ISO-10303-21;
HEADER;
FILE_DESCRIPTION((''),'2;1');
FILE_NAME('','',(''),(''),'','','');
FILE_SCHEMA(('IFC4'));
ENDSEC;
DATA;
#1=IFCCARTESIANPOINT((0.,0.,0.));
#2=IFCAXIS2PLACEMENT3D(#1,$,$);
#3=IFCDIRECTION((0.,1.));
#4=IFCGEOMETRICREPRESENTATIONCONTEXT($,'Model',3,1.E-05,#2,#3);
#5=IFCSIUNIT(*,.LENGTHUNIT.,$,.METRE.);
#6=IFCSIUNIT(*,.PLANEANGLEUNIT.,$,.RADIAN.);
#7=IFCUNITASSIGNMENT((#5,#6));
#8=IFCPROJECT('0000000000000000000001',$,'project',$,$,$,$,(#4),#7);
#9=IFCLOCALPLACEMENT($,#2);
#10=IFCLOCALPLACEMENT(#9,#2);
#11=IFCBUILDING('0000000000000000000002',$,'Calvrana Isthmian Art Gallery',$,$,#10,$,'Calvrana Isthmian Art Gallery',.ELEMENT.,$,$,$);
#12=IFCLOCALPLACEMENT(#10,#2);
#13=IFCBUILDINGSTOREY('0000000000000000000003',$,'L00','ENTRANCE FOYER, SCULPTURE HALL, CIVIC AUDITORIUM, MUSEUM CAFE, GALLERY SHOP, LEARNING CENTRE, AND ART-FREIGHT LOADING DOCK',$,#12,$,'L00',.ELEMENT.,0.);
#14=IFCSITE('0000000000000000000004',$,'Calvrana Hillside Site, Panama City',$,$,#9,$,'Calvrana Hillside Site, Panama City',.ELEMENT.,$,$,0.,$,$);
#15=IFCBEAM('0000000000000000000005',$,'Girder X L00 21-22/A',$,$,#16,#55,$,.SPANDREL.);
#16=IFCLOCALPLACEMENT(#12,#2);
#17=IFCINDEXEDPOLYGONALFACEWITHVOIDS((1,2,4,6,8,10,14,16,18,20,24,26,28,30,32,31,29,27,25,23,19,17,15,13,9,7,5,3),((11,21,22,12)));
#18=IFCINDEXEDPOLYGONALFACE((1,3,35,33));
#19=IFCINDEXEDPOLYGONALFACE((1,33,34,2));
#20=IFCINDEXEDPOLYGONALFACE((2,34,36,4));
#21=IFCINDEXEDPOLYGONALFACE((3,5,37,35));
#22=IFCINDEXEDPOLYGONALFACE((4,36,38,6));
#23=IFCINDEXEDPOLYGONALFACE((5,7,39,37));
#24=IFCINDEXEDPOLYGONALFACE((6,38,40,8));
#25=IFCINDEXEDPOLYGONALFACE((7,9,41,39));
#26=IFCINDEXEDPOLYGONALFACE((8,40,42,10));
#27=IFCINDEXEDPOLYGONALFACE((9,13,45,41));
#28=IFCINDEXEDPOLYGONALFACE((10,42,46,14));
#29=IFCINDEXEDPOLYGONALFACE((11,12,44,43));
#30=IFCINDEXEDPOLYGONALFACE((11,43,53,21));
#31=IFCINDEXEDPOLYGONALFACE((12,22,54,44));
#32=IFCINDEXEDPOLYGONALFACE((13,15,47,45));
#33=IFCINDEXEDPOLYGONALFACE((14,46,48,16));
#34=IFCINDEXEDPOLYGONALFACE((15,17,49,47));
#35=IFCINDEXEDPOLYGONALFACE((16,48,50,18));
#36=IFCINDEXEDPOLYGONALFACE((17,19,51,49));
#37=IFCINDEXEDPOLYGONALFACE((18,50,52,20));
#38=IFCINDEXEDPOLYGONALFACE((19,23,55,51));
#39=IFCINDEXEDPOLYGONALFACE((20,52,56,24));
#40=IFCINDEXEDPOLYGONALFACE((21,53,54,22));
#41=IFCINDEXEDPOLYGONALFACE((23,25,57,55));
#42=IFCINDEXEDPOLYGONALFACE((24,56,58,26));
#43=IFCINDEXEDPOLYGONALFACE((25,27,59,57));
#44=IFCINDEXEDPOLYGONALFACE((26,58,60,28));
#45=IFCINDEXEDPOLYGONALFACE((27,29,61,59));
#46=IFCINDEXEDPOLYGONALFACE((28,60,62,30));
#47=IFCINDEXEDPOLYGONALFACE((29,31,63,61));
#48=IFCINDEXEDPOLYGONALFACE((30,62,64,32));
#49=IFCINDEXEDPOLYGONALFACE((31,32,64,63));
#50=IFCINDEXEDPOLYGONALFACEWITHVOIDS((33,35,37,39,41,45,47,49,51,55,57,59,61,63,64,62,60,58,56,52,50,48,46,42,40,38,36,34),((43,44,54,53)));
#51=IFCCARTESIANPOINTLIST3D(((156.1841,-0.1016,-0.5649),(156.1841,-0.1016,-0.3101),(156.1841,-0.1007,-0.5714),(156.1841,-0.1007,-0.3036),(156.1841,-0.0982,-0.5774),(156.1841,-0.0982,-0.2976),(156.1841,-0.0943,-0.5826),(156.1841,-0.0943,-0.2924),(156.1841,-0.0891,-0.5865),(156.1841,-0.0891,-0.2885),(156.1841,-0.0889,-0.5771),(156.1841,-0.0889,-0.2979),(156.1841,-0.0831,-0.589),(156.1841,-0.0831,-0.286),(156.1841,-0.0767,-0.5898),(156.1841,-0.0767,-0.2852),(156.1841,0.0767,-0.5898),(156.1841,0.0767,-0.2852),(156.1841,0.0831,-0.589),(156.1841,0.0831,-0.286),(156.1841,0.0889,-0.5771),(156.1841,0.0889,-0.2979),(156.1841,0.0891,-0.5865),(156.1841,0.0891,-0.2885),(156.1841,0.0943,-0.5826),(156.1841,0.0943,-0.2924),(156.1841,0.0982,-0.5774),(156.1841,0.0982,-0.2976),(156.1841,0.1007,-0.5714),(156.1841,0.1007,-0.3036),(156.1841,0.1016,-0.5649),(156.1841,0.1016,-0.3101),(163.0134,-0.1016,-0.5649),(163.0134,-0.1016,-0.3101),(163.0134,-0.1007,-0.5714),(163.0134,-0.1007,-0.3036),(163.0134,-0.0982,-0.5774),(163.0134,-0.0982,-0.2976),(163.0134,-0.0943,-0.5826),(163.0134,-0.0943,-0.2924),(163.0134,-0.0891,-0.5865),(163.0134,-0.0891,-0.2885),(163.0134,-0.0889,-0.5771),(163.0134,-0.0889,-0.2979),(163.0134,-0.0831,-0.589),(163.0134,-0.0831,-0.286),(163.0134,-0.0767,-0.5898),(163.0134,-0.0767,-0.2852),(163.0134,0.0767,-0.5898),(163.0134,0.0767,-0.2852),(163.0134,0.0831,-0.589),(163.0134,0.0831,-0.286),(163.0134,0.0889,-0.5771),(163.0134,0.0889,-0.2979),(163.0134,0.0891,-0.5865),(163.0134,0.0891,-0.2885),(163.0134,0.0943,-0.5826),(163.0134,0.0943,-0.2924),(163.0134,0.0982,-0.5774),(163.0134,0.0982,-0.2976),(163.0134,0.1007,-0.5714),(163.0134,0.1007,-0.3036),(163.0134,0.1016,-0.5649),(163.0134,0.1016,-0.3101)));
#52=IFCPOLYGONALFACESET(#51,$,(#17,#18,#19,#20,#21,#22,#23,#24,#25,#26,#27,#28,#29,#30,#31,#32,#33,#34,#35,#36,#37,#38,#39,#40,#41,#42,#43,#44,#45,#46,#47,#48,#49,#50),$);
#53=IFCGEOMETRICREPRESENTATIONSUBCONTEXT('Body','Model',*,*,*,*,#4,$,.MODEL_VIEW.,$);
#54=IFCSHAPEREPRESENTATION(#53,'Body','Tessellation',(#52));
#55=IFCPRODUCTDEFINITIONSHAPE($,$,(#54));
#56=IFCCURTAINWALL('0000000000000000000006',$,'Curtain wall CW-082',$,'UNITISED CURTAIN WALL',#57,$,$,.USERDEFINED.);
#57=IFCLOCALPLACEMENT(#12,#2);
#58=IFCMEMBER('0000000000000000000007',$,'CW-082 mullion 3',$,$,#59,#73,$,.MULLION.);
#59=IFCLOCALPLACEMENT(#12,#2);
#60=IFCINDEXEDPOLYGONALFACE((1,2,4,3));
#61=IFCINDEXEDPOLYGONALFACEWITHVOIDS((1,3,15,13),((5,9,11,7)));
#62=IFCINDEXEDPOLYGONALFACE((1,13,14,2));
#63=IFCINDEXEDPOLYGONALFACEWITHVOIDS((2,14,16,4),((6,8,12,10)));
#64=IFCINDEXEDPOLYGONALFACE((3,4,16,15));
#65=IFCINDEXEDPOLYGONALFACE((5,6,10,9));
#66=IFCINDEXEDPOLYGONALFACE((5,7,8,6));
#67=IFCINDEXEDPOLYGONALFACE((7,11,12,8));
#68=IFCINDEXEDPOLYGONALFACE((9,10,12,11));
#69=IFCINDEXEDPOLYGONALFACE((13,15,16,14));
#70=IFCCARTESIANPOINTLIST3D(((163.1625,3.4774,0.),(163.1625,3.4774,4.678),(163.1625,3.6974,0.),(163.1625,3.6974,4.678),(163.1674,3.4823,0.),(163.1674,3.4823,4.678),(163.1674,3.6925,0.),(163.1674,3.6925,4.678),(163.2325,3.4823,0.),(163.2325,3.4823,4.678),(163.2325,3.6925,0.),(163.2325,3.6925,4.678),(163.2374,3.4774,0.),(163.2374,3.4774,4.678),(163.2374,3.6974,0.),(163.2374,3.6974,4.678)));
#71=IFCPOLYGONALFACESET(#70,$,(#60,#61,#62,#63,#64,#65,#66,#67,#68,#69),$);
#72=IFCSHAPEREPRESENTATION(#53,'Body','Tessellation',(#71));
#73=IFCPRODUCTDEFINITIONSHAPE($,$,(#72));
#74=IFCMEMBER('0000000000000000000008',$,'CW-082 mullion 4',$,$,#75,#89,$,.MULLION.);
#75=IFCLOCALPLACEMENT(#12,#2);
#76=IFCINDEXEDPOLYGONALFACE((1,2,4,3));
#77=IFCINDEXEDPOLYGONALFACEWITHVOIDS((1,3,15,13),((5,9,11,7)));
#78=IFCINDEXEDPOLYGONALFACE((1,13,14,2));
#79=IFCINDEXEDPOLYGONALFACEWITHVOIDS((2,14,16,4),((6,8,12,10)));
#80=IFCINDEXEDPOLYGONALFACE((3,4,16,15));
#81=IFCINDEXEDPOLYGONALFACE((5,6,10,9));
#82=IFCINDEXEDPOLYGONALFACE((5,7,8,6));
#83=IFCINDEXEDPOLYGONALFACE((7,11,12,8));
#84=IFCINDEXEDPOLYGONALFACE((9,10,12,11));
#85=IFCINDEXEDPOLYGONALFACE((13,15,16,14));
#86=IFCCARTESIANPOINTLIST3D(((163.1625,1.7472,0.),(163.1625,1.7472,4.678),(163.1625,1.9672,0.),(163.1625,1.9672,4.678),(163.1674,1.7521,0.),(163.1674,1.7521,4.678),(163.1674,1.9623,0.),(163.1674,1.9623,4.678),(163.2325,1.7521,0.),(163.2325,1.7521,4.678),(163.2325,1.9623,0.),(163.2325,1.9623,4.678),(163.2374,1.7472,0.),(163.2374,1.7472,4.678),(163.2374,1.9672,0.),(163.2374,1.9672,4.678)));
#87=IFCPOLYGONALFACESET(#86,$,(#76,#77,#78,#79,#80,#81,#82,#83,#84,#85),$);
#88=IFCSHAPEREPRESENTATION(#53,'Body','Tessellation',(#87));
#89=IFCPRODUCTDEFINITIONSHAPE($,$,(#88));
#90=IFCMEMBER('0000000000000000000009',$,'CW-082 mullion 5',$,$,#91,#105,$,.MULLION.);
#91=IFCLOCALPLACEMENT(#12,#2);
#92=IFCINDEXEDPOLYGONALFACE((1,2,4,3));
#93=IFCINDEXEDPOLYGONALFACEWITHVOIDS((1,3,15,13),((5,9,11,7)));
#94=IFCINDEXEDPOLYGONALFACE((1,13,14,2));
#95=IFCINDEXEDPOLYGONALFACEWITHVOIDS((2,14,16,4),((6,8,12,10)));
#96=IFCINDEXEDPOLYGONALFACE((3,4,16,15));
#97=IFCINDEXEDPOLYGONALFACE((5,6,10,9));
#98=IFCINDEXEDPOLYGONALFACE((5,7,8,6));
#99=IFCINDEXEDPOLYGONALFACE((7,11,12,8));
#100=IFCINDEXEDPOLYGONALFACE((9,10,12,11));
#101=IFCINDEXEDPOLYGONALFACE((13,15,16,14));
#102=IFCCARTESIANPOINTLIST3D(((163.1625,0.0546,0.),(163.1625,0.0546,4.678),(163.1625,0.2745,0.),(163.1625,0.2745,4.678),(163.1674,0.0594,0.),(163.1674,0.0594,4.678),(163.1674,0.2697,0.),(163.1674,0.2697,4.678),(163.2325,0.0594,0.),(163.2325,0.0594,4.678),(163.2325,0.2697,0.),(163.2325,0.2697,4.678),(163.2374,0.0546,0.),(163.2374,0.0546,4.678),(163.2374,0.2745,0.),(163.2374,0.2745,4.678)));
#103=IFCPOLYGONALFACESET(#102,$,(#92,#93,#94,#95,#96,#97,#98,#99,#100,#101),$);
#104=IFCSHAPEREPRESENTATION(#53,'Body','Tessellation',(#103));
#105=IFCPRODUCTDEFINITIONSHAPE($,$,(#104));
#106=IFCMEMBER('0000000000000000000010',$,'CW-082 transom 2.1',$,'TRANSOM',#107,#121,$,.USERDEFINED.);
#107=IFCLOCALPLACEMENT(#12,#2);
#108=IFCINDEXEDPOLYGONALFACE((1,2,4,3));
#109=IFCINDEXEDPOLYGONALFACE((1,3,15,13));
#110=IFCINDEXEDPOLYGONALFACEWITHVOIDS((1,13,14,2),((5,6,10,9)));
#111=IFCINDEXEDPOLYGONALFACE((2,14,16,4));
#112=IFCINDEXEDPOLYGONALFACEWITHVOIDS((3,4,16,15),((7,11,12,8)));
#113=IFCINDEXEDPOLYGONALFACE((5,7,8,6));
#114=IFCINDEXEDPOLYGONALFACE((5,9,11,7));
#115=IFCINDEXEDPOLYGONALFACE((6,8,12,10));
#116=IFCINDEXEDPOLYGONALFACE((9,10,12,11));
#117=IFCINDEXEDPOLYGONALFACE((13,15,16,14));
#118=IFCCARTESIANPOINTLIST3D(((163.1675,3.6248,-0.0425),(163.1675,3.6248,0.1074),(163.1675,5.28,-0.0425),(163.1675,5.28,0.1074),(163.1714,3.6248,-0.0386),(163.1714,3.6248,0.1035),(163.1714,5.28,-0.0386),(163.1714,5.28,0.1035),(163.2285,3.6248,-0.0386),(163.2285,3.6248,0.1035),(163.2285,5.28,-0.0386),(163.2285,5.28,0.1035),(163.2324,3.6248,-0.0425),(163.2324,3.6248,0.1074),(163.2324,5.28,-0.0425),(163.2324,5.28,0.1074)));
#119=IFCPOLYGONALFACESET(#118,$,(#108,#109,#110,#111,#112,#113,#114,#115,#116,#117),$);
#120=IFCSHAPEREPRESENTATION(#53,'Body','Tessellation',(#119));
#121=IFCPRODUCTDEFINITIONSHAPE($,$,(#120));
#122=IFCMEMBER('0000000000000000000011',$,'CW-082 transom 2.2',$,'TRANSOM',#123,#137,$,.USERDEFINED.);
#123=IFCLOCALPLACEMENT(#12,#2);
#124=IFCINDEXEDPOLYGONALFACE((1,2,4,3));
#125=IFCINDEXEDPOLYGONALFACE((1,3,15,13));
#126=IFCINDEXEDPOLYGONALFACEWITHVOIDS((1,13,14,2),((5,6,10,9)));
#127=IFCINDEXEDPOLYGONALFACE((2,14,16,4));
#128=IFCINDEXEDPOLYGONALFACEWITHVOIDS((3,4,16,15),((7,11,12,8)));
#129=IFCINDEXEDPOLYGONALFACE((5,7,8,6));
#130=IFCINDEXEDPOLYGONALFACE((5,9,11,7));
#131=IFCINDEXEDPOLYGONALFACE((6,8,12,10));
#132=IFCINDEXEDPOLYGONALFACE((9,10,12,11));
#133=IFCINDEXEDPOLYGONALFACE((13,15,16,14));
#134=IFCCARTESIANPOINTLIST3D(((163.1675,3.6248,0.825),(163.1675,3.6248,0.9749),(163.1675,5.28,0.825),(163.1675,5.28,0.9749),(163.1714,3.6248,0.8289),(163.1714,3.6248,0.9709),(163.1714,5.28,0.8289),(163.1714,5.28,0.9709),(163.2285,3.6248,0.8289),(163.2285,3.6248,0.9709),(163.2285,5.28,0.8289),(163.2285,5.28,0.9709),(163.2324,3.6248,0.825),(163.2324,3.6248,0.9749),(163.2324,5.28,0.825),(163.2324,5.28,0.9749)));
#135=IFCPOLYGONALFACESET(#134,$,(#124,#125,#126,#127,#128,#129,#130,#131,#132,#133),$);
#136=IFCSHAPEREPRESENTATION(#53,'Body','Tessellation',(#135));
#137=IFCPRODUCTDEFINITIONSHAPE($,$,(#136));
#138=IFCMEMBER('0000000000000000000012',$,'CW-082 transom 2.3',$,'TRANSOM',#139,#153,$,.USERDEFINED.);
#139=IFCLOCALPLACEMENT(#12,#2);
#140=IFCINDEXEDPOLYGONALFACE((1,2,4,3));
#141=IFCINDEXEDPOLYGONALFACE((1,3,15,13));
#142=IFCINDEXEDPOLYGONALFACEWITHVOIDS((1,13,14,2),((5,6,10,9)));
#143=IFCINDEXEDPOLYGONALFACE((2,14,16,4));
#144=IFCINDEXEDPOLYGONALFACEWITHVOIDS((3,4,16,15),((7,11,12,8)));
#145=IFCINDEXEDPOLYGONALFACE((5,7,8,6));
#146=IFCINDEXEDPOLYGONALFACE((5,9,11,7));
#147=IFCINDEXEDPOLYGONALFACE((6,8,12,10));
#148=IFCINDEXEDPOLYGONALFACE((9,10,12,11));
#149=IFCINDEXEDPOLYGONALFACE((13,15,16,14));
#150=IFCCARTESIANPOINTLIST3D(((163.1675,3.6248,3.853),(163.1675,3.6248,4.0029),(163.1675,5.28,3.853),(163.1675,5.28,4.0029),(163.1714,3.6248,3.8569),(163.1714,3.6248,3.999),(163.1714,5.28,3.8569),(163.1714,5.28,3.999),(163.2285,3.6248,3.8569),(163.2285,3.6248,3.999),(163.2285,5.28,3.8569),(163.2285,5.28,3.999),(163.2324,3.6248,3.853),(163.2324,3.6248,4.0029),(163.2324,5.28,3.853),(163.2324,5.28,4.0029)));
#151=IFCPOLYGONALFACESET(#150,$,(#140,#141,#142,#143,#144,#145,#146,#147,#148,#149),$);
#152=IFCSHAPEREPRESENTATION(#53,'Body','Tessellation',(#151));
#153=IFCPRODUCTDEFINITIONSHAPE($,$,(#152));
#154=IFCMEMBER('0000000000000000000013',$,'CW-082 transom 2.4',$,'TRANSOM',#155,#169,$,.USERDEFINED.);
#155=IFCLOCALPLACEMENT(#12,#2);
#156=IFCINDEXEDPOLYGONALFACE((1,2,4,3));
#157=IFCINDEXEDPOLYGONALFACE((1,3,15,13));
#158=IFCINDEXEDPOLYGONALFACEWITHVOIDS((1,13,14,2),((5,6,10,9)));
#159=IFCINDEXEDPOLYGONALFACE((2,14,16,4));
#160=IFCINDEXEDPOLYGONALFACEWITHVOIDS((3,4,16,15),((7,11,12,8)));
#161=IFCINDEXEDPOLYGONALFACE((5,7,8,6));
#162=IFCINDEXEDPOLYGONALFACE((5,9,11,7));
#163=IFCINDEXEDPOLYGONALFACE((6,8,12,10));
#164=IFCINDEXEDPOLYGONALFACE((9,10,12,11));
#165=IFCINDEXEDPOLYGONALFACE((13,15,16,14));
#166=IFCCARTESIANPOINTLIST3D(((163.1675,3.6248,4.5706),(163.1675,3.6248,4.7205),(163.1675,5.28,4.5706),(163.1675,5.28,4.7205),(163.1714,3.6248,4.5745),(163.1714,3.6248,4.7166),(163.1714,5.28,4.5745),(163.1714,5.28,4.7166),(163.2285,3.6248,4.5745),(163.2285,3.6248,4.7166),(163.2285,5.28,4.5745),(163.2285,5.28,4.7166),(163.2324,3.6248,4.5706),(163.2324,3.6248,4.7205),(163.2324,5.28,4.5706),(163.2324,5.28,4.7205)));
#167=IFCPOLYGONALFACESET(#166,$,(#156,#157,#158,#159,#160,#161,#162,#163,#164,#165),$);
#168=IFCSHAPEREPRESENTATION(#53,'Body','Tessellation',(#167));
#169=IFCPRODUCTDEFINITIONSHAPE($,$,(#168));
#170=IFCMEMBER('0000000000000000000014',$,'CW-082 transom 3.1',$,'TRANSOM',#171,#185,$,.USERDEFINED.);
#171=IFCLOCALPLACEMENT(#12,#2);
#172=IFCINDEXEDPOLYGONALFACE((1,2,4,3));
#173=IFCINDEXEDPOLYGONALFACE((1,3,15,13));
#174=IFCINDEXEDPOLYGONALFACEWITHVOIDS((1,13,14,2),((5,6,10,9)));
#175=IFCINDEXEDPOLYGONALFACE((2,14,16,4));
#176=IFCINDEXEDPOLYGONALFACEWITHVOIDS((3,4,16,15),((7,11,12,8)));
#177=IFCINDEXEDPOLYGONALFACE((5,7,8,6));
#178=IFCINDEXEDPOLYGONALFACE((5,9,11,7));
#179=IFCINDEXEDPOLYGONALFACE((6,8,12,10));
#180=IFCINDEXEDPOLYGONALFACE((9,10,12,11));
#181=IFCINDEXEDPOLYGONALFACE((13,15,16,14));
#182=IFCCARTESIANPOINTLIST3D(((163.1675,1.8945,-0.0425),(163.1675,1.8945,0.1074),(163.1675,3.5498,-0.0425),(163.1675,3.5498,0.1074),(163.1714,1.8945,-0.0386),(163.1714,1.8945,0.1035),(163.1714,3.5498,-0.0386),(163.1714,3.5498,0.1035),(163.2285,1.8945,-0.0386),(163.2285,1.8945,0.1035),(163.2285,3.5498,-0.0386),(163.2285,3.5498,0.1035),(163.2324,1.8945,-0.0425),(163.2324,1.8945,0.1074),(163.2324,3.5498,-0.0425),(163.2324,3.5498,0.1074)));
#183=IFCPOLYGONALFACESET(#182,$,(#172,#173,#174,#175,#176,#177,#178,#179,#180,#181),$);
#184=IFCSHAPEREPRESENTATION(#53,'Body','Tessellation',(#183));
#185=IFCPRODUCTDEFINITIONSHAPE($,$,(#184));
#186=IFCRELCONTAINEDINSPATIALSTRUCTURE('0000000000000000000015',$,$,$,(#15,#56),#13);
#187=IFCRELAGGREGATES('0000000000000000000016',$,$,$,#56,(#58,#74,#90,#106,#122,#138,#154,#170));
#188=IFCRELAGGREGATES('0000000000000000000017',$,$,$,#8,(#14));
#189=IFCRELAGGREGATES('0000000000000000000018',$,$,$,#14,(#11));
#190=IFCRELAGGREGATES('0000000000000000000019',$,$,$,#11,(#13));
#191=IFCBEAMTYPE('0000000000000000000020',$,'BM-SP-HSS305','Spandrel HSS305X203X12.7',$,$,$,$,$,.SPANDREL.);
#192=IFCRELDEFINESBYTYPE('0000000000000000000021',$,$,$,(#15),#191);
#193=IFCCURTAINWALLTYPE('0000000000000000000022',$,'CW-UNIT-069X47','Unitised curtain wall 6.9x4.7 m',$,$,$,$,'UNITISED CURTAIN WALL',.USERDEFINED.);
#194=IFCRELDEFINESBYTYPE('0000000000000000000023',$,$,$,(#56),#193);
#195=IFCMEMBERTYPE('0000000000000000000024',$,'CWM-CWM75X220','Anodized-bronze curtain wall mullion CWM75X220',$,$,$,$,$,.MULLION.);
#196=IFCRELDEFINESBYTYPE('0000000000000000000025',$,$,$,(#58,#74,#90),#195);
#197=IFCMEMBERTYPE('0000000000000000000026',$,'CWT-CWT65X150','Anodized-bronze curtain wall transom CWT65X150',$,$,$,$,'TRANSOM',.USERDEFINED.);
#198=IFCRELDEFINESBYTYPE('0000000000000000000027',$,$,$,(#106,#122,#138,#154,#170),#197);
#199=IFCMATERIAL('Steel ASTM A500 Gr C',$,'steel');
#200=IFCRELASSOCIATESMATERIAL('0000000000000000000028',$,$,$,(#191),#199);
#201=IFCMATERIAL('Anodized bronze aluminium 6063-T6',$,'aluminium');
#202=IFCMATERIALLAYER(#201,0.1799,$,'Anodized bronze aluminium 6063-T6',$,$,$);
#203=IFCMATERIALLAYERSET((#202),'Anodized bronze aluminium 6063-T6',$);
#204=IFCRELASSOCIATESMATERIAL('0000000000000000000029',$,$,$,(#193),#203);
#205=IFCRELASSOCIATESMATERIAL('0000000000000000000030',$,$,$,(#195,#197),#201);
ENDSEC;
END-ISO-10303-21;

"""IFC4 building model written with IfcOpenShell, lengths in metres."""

from ifc_helpers import new_model, si_unit, direction, frame, origin, origin_2d, place, context, subcontext, project, spatial, hollow_rectangle, extrude, material, layer, layer_set, material_profile, profile_set, type_object, element, aggregate, save


model = new_model("IFC4")

# Units and contexts
model_context = context("Model", 3, precision=1e-05, world=origin(), true_north=direction((0.0, 1.0)))
body_context = subcontext(model_context, "Body", "Model", "MODEL_VIEW")
ifc_project = project(units=[si_unit("LENGTHUNIT", "METRE"), si_unit("PLANEANGLEUNIT", "RADIAN")], contexts=[model_context])

# Site, building, storey
site_placement = place(None, origin())
site = spatial("IfcSite", under=ifc_project, at=site_placement, Name="Calvrana Hillside Site, Panama City", LongName="Calvrana Hillside Site, Panama City", CompositionType="ELEMENT", RefElevation=0.0)
building_placement = place(site_placement, origin())
building = spatial("IfcBuilding", under=site, at=building_placement, Name="Calvrana Isthmian Art Gallery", LongName="Calvrana Isthmian Art Gallery", CompositionType="ELEMENT")
storey_placement = place(building_placement, origin())
storey = spatial("IfcBuildingStorey", under=building, at=storey_placement, Name="L00", Description="ENTRANCE FOYER, SCULPTURE HALL, CIVIC AUDITORIUM, MUSEUM CAFE, GALLERY SHOP, LEARNING CENTRE, AND ART-FREIGHT LOADING DOCK", LongName="L00", CompositionType="ELEMENT", Elevation=0.0)

# Shared definitions
ifc_material_1 = material(Name="Steel ASTM A500 Gr C", Category="steel")

# Beam
ifc_material_profile_1 = material_profile(ifc_material_1, hollow_rectangle(XDim=0.2031, YDim=0.3047, WallThickness=0.0127, OuterFilletRadius=0.0249, at=origin_2d()), Name="HSS305X203X12.7")
ifc_profile_set_1 = profile_set([ifc_material_profile_1], Name="Steel ASTM A500 Gr C")
beam_type_1 = type_object("IfcBeamType", Name="BM-SP-HSS305", Description="Spandrel HSS305X203X12.7", PredefinedType="SPANDREL", material=ifc_profile_set_1)
beam_1_placement = place(storey_placement, frame((156.1841, 0.0, -0.4375), z_axis=(1.0, 0.0, 0.0), x_axis=(0.0, 1.0, 0.0)))
element("IfcBeam", 1, at=beam_1_placement, inside=storey, type_object=beam_type_1, Name="Girder X L00 21-22/A", PredefinedType="SPANDREL", context=body_context, shape_type="SweptSolid", body=[
    extrude(hollow_rectangle(XDim=0.2031, YDim=0.3047, WallThickness=0.0127, OuterFilletRadius=0.0249, at=origin_2d()), origin(), (0.0, 0.0, 1.0), 6.8293),
])

# Curtain wall, members
ifc_material_2 = material(Name="Anodized bronze aluminium 6063-T6", Category="aluminium")
ifc_layer_1 = layer(ifc_material_2, 0.1799, Name="Anodized bronze aluminium 6063-T6")
ifc_layer_set_1 = layer_set([ifc_layer_1], Name="Anodized bronze aluminium 6063-T6")
curtain_wall_type = type_object("IfcCurtainWallType", Name="CW-UNIT-069X47", Description="Unitised curtain wall 6.9x4.7 m", ElementType="UNITISED CURTAIN WALL", PredefinedType="USERDEFINED", material=ifc_layer_set_1)
curtain_wall_placement = place(storey_placement, origin())
curtain_wall = element("IfcCurtainWall", 2, at=curtain_wall_placement, inside=storey, type_object=curtain_wall_type, Name="Curtain wall CW-082", ObjectType="UNITISED CURTAIN WALL", PredefinedType="USERDEFINED")
ifc_material_profile_2 = material_profile(ifc_material_2, hollow_rectangle(XDim=0.075, YDim=0.22, WallThickness=0.0049, at=origin_2d()), Name="CWM75X220")
ifc_profile_set_2 = profile_set([ifc_material_profile_2], Name="Anodized bronze aluminium 6063-T6")
member_type_1 = type_object("IfcMemberType", Name="CWM-CWM75X220", Description="Anodized-bronze curtain wall mullion CWM75X220", PredefinedType="MULLION", material=ifc_profile_set_2)
member_1_placement = place(storey_placement, frame((163.2, 3.5874, 0.0), z_axis=(0.0, 0.0, 1.0), x_axis=(1.0, 0.0, 0.0)))
member_1 = element("IfcMember", 3, at=member_1_placement, type_object=member_type_1, Name="CW-082 mullion 3", PredefinedType="MULLION", context=body_context, shape_type="SweptSolid", body=[
    extrude(hollow_rectangle(XDim=0.075, YDim=0.22, WallThickness=0.0049, at=origin_2d()), origin(), (0.0, 0.0, 1.0), 4.678),
])
member_2_placement = place(storey_placement, frame((163.2, 1.8572, 0.0), z_axis=(0.0, 0.0, 1.0), x_axis=(1.0, 0.0, 0.0)))
member_2 = element("IfcMember", 4, at=member_2_placement, type_object=member_type_1, Name="CW-082 mullion 4", PredefinedType="MULLION", context=body_context, shape_type="SweptSolid", body=[
    extrude(hollow_rectangle(XDim=0.075, YDim=0.22, WallThickness=0.0049, at=origin_2d()), origin(), (0.0, 0.0, 1.0), 4.678),
])
member_3_placement = place(storey_placement, frame((163.2, 0.1646, 0.0), z_axis=(0.0, 0.0, 1.0), x_axis=(1.0, 0.0, 0.0)))
member_3 = element("IfcMember", 5, at=member_3_placement, type_object=member_type_1, Name="CW-082 mullion 5", PredefinedType="MULLION", context=body_context, shape_type="SweptSolid", body=[
    extrude(hollow_rectangle(XDim=0.075, YDim=0.22, WallThickness=0.0049, at=origin_2d()), origin(), (0.0, 0.0, 1.0), 4.678),
])
ifc_material_profile_3 = material_profile(ifc_material_2, hollow_rectangle(XDim=0.0649, YDim=0.1499, WallThickness=0.0039, at=origin_2d()), Name="CWT65X150")
ifc_profile_set_3 = profile_set([ifc_material_profile_3], Name="Anodized bronze aluminium 6063-T6")
member_type_2 = type_object("IfcMemberType", Name="CWT-CWT65X150", Description="Anodized-bronze curtain wall transom CWT65X150", ElementType="TRANSOM", PredefinedType="USERDEFINED", material=ifc_profile_set_3)
member_4_placement = place(storey_placement, frame((163.2, 5.28, 0.0325), z_axis=(0.0, -1.0, 0.0), x_axis=(1.0, 0.0, 0.0)))
member_4 = element("IfcMember", 6, at=member_4_placement, type_object=member_type_2, Name="CW-082 transom 2.1", ObjectType="TRANSOM", PredefinedType="USERDEFINED", context=body_context, shape_type="SweptSolid", body=[
    extrude(hollow_rectangle(XDim=0.0649, YDim=0.1499, WallThickness=0.0039, at=origin_2d()), origin(), (0.0, 0.0, 1.0), 1.6553),
])
member_5_placement = place(storey_placement, frame((163.2, 5.28, 0.8999), z_axis=(0.0, -1.0, 0.0), x_axis=(1.0, 0.0, 0.0)))
member_5 = element("IfcMember", 7, at=member_5_placement, type_object=member_type_2, Name="CW-082 transom 2.2", ObjectType="TRANSOM", PredefinedType="USERDEFINED", context=body_context, shape_type="SweptSolid", body=[
    extrude(hollow_rectangle(XDim=0.0649, YDim=0.1499, WallThickness=0.0039, at=origin_2d()), origin(), (0.0, 0.0, 1.0), 1.6553),
])
member_6_placement = place(storey_placement, frame((163.2, 5.28, 3.928), z_axis=(0.0, -1.0, 0.0), x_axis=(1.0, 0.0, 0.0)))
member_6 = element("IfcMember", 8, at=member_6_placement, type_object=member_type_2, Name="CW-082 transom 2.3", ObjectType="TRANSOM", PredefinedType="USERDEFINED", context=body_context, shape_type="SweptSolid", body=[
    extrude(hollow_rectangle(XDim=0.0649, YDim=0.1499, WallThickness=0.0039, at=origin_2d()), origin(), (0.0, 0.0, 1.0), 1.6553),
])
member_7_placement = place(storey_placement, frame((163.2, 5.28, 4.6455), z_axis=(0.0, -1.0, 0.0), x_axis=(1.0, 0.0, 0.0)))
member_7 = element("IfcMember", 9, at=member_7_placement, type_object=member_type_2, Name="CW-082 transom 2.4", ObjectType="TRANSOM", PredefinedType="USERDEFINED", context=body_context, shape_type="SweptSolid", body=[
    extrude(hollow_rectangle(XDim=0.0649, YDim=0.1499, WallThickness=0.0039, at=origin_2d()), origin(), (0.0, 0.0, 1.0), 1.6553),
])
member_8_placement = place(storey_placement, frame((163.2, 3.5498, 0.0325), z_axis=(0.0, -1.0, 0.0), x_axis=(1.0, 0.0, 0.0)))
member_8 = element("IfcMember", 10, at=member_8_placement, type_object=member_type_2, Name="CW-082 transom 3.1", ObjectType="TRANSOM", PredefinedType="USERDEFINED", context=body_context, shape_type="SweptSolid", body=[
    extrude(hollow_rectangle(XDim=0.0649, YDim=0.1499, WallThickness=0.0039, at=origin_2d()), origin(), (0.0, 0.0, 1.0), 1.6553),
])
aggregate(curtain_wall, [member_1, member_2, member_3, member_4, member_5, member_6, member_7, member_8])

save(model, "model.ifc")
